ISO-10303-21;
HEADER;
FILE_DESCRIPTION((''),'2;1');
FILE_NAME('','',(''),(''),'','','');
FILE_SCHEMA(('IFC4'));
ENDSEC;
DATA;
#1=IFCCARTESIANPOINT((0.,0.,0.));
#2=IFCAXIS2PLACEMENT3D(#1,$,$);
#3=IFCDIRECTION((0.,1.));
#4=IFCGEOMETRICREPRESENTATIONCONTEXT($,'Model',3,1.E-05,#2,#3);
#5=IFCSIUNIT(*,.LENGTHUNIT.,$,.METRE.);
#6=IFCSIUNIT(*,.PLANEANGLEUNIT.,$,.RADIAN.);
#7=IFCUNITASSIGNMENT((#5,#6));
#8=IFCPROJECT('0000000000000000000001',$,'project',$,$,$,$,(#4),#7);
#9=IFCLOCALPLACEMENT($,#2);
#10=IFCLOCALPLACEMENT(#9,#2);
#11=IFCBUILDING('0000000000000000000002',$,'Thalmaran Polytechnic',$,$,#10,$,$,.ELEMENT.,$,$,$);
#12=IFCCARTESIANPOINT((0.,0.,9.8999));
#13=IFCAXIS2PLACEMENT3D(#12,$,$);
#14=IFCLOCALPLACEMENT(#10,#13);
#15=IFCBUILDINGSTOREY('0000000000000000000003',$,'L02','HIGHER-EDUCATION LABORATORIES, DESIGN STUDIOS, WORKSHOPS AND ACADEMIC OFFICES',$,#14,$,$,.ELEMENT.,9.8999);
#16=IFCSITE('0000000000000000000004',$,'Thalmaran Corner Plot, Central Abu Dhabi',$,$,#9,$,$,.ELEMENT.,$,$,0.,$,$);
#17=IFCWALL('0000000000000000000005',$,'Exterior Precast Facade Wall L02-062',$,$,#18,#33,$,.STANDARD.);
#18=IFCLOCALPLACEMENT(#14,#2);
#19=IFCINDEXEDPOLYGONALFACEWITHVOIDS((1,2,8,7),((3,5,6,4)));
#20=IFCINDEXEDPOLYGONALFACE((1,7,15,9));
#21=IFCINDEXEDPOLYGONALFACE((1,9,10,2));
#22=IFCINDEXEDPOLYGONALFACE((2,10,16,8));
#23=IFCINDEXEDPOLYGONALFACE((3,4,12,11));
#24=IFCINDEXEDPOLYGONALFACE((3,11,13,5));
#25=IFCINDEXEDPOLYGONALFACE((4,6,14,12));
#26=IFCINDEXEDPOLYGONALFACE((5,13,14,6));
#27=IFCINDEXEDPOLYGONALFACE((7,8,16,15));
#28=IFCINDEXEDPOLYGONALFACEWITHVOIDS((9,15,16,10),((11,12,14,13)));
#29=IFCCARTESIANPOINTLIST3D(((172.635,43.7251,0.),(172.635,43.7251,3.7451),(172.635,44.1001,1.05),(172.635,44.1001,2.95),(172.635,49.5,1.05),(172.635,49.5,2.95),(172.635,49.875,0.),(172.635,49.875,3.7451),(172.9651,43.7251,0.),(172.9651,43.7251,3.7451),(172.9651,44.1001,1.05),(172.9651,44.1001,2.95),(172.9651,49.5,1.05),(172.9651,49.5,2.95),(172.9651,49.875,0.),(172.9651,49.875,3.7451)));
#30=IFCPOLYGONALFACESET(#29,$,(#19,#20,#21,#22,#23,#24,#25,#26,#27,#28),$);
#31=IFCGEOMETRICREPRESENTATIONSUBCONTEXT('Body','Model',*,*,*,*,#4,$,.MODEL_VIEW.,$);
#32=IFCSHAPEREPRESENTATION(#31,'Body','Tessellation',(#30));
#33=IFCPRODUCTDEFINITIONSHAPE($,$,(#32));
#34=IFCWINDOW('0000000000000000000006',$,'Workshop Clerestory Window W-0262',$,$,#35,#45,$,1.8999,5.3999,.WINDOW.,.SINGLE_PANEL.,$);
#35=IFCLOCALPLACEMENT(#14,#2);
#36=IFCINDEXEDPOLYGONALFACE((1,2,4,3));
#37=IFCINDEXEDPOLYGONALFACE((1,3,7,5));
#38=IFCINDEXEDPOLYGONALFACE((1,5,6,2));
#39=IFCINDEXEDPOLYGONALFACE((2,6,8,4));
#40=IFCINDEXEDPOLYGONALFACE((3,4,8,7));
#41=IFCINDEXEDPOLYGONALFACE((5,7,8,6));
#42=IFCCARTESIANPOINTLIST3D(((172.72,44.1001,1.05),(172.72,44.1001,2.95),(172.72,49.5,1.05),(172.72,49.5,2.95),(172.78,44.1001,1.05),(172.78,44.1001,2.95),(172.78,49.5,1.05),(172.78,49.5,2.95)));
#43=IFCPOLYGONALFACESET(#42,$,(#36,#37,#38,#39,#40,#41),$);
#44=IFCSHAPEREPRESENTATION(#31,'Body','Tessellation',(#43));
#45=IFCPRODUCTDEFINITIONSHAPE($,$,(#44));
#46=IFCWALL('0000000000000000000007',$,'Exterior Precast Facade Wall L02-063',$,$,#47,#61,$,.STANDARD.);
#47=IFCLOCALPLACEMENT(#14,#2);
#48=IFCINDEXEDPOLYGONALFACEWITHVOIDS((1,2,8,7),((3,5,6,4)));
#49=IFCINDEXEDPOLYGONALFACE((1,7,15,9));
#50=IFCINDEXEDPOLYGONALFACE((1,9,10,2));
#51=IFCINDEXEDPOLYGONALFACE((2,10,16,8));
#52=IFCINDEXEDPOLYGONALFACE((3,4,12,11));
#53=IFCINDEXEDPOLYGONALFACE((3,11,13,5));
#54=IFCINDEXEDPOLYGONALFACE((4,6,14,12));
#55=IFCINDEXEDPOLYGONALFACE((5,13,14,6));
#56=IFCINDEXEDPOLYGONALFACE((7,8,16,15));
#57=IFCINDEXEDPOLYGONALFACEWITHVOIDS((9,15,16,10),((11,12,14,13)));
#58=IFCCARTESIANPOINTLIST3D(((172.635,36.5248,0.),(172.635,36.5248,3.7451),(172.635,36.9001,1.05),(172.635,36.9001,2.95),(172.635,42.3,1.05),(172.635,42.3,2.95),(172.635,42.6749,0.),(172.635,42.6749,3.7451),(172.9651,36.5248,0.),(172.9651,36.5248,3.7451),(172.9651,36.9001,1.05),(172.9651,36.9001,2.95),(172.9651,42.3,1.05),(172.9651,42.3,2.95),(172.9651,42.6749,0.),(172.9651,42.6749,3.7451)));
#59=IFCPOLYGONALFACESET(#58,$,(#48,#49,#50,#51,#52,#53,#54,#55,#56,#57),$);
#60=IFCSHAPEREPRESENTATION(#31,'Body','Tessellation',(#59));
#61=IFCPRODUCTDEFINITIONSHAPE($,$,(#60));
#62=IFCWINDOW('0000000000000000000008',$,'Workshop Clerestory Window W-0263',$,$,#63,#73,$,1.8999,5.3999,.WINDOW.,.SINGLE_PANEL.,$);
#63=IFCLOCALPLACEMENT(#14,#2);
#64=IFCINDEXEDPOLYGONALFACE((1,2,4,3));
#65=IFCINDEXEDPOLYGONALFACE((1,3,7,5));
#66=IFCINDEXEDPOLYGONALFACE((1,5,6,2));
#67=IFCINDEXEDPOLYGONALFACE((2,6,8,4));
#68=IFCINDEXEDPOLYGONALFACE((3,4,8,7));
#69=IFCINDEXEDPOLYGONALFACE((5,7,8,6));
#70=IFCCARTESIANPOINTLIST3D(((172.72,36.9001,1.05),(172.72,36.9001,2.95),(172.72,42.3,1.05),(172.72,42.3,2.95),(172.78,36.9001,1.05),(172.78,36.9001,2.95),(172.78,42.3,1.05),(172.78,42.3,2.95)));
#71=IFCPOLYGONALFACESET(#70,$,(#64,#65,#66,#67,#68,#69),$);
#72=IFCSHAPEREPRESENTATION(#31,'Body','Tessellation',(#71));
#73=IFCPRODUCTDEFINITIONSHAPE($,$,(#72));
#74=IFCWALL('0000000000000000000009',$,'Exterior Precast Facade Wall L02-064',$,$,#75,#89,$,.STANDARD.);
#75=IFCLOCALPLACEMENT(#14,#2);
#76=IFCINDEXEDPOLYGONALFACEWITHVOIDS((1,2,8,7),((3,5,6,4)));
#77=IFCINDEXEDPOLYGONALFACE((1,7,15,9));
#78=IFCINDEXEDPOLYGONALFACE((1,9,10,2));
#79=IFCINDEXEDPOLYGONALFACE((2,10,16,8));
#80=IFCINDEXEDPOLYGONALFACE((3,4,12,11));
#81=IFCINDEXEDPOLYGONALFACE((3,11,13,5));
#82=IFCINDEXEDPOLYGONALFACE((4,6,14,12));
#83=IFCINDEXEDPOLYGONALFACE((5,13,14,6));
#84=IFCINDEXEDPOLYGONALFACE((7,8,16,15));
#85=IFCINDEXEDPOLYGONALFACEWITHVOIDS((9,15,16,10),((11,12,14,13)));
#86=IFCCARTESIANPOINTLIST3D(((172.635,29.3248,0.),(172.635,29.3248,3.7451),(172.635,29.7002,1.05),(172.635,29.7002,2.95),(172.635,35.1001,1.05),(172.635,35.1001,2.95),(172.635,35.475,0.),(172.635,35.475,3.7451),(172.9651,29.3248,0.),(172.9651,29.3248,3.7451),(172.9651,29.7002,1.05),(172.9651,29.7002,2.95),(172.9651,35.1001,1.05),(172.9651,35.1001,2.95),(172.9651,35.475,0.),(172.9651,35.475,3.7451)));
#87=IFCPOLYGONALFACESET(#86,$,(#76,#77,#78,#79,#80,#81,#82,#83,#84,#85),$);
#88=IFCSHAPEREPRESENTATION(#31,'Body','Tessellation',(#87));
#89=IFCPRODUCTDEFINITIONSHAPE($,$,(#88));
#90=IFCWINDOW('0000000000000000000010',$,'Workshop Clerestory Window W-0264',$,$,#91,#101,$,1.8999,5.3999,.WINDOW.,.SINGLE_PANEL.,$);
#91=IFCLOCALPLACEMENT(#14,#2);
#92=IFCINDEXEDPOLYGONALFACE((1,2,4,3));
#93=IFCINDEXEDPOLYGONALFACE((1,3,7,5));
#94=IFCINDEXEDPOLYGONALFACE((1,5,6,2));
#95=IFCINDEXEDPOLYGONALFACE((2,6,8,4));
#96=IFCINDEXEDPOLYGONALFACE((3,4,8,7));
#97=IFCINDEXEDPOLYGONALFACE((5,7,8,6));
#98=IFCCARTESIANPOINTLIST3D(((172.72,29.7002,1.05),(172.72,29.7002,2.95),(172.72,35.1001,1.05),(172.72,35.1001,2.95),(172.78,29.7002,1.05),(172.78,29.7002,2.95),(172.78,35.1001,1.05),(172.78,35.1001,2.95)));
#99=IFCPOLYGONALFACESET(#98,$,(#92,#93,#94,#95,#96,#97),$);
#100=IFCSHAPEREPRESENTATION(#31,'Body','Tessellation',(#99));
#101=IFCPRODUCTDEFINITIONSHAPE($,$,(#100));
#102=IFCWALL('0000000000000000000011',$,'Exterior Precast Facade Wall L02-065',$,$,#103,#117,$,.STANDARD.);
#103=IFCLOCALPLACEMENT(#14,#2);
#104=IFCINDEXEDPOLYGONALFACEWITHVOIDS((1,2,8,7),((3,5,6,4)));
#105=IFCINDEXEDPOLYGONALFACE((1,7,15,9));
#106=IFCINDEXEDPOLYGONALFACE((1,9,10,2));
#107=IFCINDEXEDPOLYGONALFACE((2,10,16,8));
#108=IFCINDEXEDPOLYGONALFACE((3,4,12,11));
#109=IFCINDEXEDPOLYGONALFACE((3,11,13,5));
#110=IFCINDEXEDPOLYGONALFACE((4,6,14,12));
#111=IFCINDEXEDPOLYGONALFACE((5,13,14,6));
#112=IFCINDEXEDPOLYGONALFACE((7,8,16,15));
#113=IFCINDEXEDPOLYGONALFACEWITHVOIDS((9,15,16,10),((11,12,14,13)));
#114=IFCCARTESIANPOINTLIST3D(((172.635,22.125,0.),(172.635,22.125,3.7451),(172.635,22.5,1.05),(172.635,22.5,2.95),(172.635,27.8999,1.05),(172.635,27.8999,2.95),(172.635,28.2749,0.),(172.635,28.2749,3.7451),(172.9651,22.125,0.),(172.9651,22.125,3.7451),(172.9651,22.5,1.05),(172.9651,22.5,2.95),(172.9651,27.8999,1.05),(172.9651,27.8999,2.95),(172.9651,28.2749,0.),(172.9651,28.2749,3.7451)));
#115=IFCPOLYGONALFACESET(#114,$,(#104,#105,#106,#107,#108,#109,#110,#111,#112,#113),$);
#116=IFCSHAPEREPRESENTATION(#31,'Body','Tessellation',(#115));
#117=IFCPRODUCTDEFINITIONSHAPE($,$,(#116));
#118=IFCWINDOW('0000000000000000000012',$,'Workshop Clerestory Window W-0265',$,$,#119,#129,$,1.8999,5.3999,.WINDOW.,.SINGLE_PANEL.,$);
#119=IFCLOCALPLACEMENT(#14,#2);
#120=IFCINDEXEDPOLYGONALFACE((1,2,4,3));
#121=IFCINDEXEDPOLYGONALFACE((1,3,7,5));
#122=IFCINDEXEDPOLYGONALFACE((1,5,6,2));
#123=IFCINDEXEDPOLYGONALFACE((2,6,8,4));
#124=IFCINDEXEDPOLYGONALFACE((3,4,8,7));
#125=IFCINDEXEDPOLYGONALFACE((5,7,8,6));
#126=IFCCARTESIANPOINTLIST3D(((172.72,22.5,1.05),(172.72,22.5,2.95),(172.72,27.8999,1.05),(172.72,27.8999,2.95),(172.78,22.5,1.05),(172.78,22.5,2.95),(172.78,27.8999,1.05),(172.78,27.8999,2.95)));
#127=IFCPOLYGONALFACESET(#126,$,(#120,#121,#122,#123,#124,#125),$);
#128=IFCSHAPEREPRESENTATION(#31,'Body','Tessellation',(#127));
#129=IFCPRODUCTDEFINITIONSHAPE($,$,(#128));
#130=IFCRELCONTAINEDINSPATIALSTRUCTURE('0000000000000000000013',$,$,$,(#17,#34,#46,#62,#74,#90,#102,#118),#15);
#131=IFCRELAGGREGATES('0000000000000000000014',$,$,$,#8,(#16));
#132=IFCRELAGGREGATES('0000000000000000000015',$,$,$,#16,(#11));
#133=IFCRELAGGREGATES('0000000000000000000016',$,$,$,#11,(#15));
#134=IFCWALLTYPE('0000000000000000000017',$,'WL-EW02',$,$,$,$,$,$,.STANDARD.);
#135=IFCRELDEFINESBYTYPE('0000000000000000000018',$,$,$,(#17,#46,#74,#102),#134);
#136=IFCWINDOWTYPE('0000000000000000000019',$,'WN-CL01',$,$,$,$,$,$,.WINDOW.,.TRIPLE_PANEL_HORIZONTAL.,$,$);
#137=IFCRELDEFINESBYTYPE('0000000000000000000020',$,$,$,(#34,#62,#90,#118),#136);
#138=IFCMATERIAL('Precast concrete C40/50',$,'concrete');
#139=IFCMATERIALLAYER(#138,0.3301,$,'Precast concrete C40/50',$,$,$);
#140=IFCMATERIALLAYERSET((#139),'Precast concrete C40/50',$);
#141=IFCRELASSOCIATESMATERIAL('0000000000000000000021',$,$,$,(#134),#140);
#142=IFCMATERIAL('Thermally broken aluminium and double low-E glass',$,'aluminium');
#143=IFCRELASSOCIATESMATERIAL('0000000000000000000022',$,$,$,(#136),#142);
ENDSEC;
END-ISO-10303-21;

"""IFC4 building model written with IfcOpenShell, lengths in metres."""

from ifc_helpers import new_model, si_unit, direction, frame, frame_2d, origin, place, context, subcontext, project, spatial, rectangle, extrude, material, layer, layer_set, type_object, element, fill, save


model = new_model("IFC4")

# Units and contexts
model_context = context("Model", 3, precision=1e-05, world=origin(), true_north=direction((0.0, 1.0)))
body_context = subcontext(model_context, "Body", "Model", "MODEL_VIEW")
ifc_project = project(units=[si_unit("LENGTHUNIT", "METRE"), si_unit("PLANEANGLEUNIT", "RADIAN")], contexts=[model_context])

# Site, building, storey
site_placement = place(None, origin())
site = spatial("IfcSite", under=ifc_project, at=site_placement, Name="Thalmaran Corner Plot, Central Abu Dhabi", CompositionType="ELEMENT", RefElevation=0.0)
building_placement = place(site_placement, origin())
building = spatial("IfcBuilding", under=site, at=building_placement, Name="Thalmaran Polytechnic", CompositionType="ELEMENT")
storey_placement = place(building_placement, frame((0.0, 0.0, 9.8999)))
storey = spatial("IfcBuildingStorey", under=building, at=storey_placement, Name="L02", Description="HIGHER-EDUCATION LABORATORIES, DESIGN STUDIOS, WORKSHOPS AND ACADEMIC OFFICES", CompositionType="ELEMENT", Elevation=9.8999)

# Walls, openings, windows
ifc_material_1 = material(Name="Precast concrete C40/50", Category="concrete")
ifc_layer_1 = layer(ifc_material_1, 0.3301, Name="Precast concrete C40/50")
ifc_layer_set_1 = layer_set([ifc_layer_1], Name="Precast concrete C40/50")
wall_type = type_object("IfcWallType", Name="WL-EW02", PredefinedType="STANDARD", material=ifc_layer_set_1)
wall_1_placement = place(storey_placement, frame((172.8, 49.875, 0.0), z_axis=(0.0, 0.0, 1.0), x_axis=(0.0, -1.0, 0.0)))
wall_1 = element("IfcWall", 1, at=wall_1_placement, inside=storey, type_object=wall_type, Name="Exterior Precast Facade Wall L02-062", PredefinedType="STANDARD", context=body_context, shape_type="SweptSolid", body=[
    extrude(rectangle(XDim=6.1499, YDim=0.3301, at=frame_2d((3.075, 0.0))), origin(), (0.0, 0.0, 1.0), 3.7451),
])
opening_1_placement = place(wall_1_placement, frame((0.375, 0.0, 1.05)))
opening_1 = element("IfcOpeningElement", 2, at=opening_1_placement, cuts=wall_1, PredefinedType="OPENING", context=body_context, shape_type="SweptSolid", body=[
    extrude(rectangle(XDim=5.3999, YDim=1.8999, at=frame_2d((2.7, 0.95))), frame((0.0, 0.175, 0.0), z_axis=(0.0, -1.0, 0.0), x_axis=(1.0, 0.0, 0.0)), (0.0, 0.0, 1.0), 0.3501),
])
ifc_material_2 = material(Name="Thermally broken aluminium and double low-E glass", Category="aluminium")
window_type = type_object("IfcWindowType", Name="WN-CL01", PartitioningType="TRIPLE_PANEL_HORIZONTAL", PredefinedType="WINDOW", material=ifc_material_2)
window_1_placement = place(opening_1_placement, origin())
window_1 = element("IfcWindow", 3, at=window_1_placement, inside=storey, type_object=window_type, Name="Workshop Clerestory Window W-0262", OverallHeight=1.8999, OverallWidth=5.3999, PartitioningType="SINGLE_PANEL", PredefinedType="WINDOW", context=body_context, shape_type="SweptSolid", body=[
    extrude(rectangle(XDim=5.3999, YDim=1.8999, at=frame_2d((2.7, 0.95))), frame((0.0, -0.02, 0.0), z_axis=(0.0, -1.0, 0.0), x_axis=(1.0, 0.0, 0.0)), (0.0, 0.0, 1.0), 0.0601),
])
fill(opening_1, window_1)
wall_2_placement = place(storey_placement, frame((172.8, 42.675, 0.0), z_axis=(0.0, 0.0, 1.0), x_axis=(0.0, -1.0, 0.0)))
wall_2 = element("IfcWall", 4, at=wall_2_placement, inside=storey, type_object=wall_type, Name="Exterior Precast Facade Wall L02-063", PredefinedType="STANDARD", context=body_context, shape_type="SweptSolid", body=[
    extrude(rectangle(XDim=6.1501, YDim=0.3301, at=frame_2d((3.0752, 0.0))), origin(), (0.0, 0.0, 1.0), 3.7451),
])
opening_2_placement = place(wall_2_placement, frame((0.375, 0.0, 1.05)))
opening_2 = element("IfcOpeningElement", 5, at=opening_2_placement, cuts=wall_2, PredefinedType="OPENING", context=body_context, shape_type="SweptSolid", body=[
    extrude(rectangle(XDim=5.3999, YDim=1.8999, at=frame_2d((2.7, 0.95))), frame((0.0, 0.175, 0.0), z_axis=(0.0, -1.0, 0.0), x_axis=(1.0, 0.0, 0.0)), (0.0, 0.0, 1.0), 0.3501),
])
window_2_placement = place(opening_2_placement, origin())
window_2 = element("IfcWindow", 6, at=window_2_placement, inside=storey, type_object=window_type, Name="Workshop Clerestory Window W-0263", OverallHeight=1.8999, OverallWidth=5.3999, PartitioningType="SINGLE_PANEL", PredefinedType="WINDOW", context=body_context, shape_type="SweptSolid", body=[
    extrude(rectangle(XDim=5.3999, YDim=1.8999, at=frame_2d((2.7, 0.95))), frame((0.0, -0.02, 0.0), z_axis=(0.0, -1.0, 0.0), x_axis=(1.0, 0.0, 0.0)), (0.0, 0.0, 1.0), 0.0601),
])
fill(opening_2, window_2)
wall_3_placement = place(storey_placement, frame((172.8, 35.4751, 0.0), z_axis=(0.0, 0.0, 1.0), x_axis=(0.0, -1.0, 0.0)))
wall_3 = element("IfcWall", 7, at=wall_3_placement, inside=storey, type_object=wall_type, Name="Exterior Precast Facade Wall L02-064", PredefinedType="STANDARD", context=body_context, shape_type="SweptSolid", body=[
    extrude(rectangle(XDim=6.1501, YDim=0.3301, at=frame_2d((3.0752, 0.0))), origin(), (0.0, 0.0, 1.0), 3.7451),
])
opening_3_placement = place(wall_3_placement, frame((0.375, 0.0, 1.05)))
opening_3 = element("IfcOpeningElement", 8, at=opening_3_placement, cuts=wall_3, PredefinedType="OPENING", context=body_context, shape_type="SweptSolid", body=[
    extrude(rectangle(XDim=5.3999, YDim=1.8999, at=frame_2d((2.7, 0.95))), frame((0.0, 0.175, 0.0), z_axis=(0.0, -1.0, 0.0), x_axis=(1.0, 0.0, 0.0)), (0.0, 0.0, 1.0), 0.3501),
])
window_3_placement = place(opening_3_placement, origin())
window_3 = element("IfcWindow", 9, at=window_3_placement, inside=storey, type_object=window_type, Name="Workshop Clerestory Window W-0264", OverallHeight=1.8999, OverallWidth=5.3999, PartitioningType="SINGLE_PANEL", PredefinedType="WINDOW", context=body_context, shape_type="SweptSolid", body=[
    extrude(rectangle(XDim=5.3999, YDim=1.8999, at=frame_2d((2.7, 0.95))), frame((0.0, -0.02, 0.0), z_axis=(0.0, -1.0, 0.0), x_axis=(1.0, 0.0, 0.0)), (0.0, 0.0, 1.0), 0.0601),
])
fill(opening_3, window_3)
wall_4_placement = place(storey_placement, frame((172.8, 28.2749, 0.0), z_axis=(0.0, 0.0, 1.0), x_axis=(0.0, -1.0, 0.0)))
wall_4 = element("IfcWall", 10, at=wall_4_placement, inside=storey, type_object=wall_type, Name="Exterior Precast Facade Wall L02-065", PredefinedType="STANDARD", context=body_context, shape_type="SweptSolid", body=[
    extrude(rectangle(XDim=6.1499, YDim=0.3301, at=frame_2d((3.075, 0.0))), origin(), (0.0, 0.0, 1.0), 3.7451),
])
opening_4_placement = place(wall_4_placement, frame((0.375, 0.0, 1.05)))
opening_4 = element("IfcOpeningElement", 11, at=opening_4_placement, cuts=wall_4, PredefinedType="OPENING", context=body_context, shape_type="SweptSolid", body=[
    extrude(rectangle(XDim=5.3999, YDim=1.8999, at=frame_2d((2.7, 0.95))), frame((0.0, 0.175, 0.0), z_axis=(0.0, -1.0, 0.0), x_axis=(1.0, 0.0, 0.0)), (0.0, 0.0, 1.0), 0.3501),
])
window_4_placement = place(opening_4_placement, origin())
window_4 = element("IfcWindow", 12, at=window_4_placement, inside=storey, type_object=window_type, Name="Workshop Clerestory Window W-0265", OverallHeight=1.8999, OverallWidth=5.3999, PartitioningType="SINGLE_PANEL", PredefinedType="WINDOW", context=body_context, shape_type="SweptSolid", body=[
    extrude(rectangle(XDim=5.3999, YDim=1.8999, at=frame_2d((2.7, 0.95))), frame((0.0, -0.02, 0.0), z_axis=(0.0, -1.0, 0.0), x_axis=(1.0, 0.0, 0.0)), (0.0, 0.0, 1.0), 0.0601),
])
fill(opening_4, window_4)

save(model, "model.ifc")
